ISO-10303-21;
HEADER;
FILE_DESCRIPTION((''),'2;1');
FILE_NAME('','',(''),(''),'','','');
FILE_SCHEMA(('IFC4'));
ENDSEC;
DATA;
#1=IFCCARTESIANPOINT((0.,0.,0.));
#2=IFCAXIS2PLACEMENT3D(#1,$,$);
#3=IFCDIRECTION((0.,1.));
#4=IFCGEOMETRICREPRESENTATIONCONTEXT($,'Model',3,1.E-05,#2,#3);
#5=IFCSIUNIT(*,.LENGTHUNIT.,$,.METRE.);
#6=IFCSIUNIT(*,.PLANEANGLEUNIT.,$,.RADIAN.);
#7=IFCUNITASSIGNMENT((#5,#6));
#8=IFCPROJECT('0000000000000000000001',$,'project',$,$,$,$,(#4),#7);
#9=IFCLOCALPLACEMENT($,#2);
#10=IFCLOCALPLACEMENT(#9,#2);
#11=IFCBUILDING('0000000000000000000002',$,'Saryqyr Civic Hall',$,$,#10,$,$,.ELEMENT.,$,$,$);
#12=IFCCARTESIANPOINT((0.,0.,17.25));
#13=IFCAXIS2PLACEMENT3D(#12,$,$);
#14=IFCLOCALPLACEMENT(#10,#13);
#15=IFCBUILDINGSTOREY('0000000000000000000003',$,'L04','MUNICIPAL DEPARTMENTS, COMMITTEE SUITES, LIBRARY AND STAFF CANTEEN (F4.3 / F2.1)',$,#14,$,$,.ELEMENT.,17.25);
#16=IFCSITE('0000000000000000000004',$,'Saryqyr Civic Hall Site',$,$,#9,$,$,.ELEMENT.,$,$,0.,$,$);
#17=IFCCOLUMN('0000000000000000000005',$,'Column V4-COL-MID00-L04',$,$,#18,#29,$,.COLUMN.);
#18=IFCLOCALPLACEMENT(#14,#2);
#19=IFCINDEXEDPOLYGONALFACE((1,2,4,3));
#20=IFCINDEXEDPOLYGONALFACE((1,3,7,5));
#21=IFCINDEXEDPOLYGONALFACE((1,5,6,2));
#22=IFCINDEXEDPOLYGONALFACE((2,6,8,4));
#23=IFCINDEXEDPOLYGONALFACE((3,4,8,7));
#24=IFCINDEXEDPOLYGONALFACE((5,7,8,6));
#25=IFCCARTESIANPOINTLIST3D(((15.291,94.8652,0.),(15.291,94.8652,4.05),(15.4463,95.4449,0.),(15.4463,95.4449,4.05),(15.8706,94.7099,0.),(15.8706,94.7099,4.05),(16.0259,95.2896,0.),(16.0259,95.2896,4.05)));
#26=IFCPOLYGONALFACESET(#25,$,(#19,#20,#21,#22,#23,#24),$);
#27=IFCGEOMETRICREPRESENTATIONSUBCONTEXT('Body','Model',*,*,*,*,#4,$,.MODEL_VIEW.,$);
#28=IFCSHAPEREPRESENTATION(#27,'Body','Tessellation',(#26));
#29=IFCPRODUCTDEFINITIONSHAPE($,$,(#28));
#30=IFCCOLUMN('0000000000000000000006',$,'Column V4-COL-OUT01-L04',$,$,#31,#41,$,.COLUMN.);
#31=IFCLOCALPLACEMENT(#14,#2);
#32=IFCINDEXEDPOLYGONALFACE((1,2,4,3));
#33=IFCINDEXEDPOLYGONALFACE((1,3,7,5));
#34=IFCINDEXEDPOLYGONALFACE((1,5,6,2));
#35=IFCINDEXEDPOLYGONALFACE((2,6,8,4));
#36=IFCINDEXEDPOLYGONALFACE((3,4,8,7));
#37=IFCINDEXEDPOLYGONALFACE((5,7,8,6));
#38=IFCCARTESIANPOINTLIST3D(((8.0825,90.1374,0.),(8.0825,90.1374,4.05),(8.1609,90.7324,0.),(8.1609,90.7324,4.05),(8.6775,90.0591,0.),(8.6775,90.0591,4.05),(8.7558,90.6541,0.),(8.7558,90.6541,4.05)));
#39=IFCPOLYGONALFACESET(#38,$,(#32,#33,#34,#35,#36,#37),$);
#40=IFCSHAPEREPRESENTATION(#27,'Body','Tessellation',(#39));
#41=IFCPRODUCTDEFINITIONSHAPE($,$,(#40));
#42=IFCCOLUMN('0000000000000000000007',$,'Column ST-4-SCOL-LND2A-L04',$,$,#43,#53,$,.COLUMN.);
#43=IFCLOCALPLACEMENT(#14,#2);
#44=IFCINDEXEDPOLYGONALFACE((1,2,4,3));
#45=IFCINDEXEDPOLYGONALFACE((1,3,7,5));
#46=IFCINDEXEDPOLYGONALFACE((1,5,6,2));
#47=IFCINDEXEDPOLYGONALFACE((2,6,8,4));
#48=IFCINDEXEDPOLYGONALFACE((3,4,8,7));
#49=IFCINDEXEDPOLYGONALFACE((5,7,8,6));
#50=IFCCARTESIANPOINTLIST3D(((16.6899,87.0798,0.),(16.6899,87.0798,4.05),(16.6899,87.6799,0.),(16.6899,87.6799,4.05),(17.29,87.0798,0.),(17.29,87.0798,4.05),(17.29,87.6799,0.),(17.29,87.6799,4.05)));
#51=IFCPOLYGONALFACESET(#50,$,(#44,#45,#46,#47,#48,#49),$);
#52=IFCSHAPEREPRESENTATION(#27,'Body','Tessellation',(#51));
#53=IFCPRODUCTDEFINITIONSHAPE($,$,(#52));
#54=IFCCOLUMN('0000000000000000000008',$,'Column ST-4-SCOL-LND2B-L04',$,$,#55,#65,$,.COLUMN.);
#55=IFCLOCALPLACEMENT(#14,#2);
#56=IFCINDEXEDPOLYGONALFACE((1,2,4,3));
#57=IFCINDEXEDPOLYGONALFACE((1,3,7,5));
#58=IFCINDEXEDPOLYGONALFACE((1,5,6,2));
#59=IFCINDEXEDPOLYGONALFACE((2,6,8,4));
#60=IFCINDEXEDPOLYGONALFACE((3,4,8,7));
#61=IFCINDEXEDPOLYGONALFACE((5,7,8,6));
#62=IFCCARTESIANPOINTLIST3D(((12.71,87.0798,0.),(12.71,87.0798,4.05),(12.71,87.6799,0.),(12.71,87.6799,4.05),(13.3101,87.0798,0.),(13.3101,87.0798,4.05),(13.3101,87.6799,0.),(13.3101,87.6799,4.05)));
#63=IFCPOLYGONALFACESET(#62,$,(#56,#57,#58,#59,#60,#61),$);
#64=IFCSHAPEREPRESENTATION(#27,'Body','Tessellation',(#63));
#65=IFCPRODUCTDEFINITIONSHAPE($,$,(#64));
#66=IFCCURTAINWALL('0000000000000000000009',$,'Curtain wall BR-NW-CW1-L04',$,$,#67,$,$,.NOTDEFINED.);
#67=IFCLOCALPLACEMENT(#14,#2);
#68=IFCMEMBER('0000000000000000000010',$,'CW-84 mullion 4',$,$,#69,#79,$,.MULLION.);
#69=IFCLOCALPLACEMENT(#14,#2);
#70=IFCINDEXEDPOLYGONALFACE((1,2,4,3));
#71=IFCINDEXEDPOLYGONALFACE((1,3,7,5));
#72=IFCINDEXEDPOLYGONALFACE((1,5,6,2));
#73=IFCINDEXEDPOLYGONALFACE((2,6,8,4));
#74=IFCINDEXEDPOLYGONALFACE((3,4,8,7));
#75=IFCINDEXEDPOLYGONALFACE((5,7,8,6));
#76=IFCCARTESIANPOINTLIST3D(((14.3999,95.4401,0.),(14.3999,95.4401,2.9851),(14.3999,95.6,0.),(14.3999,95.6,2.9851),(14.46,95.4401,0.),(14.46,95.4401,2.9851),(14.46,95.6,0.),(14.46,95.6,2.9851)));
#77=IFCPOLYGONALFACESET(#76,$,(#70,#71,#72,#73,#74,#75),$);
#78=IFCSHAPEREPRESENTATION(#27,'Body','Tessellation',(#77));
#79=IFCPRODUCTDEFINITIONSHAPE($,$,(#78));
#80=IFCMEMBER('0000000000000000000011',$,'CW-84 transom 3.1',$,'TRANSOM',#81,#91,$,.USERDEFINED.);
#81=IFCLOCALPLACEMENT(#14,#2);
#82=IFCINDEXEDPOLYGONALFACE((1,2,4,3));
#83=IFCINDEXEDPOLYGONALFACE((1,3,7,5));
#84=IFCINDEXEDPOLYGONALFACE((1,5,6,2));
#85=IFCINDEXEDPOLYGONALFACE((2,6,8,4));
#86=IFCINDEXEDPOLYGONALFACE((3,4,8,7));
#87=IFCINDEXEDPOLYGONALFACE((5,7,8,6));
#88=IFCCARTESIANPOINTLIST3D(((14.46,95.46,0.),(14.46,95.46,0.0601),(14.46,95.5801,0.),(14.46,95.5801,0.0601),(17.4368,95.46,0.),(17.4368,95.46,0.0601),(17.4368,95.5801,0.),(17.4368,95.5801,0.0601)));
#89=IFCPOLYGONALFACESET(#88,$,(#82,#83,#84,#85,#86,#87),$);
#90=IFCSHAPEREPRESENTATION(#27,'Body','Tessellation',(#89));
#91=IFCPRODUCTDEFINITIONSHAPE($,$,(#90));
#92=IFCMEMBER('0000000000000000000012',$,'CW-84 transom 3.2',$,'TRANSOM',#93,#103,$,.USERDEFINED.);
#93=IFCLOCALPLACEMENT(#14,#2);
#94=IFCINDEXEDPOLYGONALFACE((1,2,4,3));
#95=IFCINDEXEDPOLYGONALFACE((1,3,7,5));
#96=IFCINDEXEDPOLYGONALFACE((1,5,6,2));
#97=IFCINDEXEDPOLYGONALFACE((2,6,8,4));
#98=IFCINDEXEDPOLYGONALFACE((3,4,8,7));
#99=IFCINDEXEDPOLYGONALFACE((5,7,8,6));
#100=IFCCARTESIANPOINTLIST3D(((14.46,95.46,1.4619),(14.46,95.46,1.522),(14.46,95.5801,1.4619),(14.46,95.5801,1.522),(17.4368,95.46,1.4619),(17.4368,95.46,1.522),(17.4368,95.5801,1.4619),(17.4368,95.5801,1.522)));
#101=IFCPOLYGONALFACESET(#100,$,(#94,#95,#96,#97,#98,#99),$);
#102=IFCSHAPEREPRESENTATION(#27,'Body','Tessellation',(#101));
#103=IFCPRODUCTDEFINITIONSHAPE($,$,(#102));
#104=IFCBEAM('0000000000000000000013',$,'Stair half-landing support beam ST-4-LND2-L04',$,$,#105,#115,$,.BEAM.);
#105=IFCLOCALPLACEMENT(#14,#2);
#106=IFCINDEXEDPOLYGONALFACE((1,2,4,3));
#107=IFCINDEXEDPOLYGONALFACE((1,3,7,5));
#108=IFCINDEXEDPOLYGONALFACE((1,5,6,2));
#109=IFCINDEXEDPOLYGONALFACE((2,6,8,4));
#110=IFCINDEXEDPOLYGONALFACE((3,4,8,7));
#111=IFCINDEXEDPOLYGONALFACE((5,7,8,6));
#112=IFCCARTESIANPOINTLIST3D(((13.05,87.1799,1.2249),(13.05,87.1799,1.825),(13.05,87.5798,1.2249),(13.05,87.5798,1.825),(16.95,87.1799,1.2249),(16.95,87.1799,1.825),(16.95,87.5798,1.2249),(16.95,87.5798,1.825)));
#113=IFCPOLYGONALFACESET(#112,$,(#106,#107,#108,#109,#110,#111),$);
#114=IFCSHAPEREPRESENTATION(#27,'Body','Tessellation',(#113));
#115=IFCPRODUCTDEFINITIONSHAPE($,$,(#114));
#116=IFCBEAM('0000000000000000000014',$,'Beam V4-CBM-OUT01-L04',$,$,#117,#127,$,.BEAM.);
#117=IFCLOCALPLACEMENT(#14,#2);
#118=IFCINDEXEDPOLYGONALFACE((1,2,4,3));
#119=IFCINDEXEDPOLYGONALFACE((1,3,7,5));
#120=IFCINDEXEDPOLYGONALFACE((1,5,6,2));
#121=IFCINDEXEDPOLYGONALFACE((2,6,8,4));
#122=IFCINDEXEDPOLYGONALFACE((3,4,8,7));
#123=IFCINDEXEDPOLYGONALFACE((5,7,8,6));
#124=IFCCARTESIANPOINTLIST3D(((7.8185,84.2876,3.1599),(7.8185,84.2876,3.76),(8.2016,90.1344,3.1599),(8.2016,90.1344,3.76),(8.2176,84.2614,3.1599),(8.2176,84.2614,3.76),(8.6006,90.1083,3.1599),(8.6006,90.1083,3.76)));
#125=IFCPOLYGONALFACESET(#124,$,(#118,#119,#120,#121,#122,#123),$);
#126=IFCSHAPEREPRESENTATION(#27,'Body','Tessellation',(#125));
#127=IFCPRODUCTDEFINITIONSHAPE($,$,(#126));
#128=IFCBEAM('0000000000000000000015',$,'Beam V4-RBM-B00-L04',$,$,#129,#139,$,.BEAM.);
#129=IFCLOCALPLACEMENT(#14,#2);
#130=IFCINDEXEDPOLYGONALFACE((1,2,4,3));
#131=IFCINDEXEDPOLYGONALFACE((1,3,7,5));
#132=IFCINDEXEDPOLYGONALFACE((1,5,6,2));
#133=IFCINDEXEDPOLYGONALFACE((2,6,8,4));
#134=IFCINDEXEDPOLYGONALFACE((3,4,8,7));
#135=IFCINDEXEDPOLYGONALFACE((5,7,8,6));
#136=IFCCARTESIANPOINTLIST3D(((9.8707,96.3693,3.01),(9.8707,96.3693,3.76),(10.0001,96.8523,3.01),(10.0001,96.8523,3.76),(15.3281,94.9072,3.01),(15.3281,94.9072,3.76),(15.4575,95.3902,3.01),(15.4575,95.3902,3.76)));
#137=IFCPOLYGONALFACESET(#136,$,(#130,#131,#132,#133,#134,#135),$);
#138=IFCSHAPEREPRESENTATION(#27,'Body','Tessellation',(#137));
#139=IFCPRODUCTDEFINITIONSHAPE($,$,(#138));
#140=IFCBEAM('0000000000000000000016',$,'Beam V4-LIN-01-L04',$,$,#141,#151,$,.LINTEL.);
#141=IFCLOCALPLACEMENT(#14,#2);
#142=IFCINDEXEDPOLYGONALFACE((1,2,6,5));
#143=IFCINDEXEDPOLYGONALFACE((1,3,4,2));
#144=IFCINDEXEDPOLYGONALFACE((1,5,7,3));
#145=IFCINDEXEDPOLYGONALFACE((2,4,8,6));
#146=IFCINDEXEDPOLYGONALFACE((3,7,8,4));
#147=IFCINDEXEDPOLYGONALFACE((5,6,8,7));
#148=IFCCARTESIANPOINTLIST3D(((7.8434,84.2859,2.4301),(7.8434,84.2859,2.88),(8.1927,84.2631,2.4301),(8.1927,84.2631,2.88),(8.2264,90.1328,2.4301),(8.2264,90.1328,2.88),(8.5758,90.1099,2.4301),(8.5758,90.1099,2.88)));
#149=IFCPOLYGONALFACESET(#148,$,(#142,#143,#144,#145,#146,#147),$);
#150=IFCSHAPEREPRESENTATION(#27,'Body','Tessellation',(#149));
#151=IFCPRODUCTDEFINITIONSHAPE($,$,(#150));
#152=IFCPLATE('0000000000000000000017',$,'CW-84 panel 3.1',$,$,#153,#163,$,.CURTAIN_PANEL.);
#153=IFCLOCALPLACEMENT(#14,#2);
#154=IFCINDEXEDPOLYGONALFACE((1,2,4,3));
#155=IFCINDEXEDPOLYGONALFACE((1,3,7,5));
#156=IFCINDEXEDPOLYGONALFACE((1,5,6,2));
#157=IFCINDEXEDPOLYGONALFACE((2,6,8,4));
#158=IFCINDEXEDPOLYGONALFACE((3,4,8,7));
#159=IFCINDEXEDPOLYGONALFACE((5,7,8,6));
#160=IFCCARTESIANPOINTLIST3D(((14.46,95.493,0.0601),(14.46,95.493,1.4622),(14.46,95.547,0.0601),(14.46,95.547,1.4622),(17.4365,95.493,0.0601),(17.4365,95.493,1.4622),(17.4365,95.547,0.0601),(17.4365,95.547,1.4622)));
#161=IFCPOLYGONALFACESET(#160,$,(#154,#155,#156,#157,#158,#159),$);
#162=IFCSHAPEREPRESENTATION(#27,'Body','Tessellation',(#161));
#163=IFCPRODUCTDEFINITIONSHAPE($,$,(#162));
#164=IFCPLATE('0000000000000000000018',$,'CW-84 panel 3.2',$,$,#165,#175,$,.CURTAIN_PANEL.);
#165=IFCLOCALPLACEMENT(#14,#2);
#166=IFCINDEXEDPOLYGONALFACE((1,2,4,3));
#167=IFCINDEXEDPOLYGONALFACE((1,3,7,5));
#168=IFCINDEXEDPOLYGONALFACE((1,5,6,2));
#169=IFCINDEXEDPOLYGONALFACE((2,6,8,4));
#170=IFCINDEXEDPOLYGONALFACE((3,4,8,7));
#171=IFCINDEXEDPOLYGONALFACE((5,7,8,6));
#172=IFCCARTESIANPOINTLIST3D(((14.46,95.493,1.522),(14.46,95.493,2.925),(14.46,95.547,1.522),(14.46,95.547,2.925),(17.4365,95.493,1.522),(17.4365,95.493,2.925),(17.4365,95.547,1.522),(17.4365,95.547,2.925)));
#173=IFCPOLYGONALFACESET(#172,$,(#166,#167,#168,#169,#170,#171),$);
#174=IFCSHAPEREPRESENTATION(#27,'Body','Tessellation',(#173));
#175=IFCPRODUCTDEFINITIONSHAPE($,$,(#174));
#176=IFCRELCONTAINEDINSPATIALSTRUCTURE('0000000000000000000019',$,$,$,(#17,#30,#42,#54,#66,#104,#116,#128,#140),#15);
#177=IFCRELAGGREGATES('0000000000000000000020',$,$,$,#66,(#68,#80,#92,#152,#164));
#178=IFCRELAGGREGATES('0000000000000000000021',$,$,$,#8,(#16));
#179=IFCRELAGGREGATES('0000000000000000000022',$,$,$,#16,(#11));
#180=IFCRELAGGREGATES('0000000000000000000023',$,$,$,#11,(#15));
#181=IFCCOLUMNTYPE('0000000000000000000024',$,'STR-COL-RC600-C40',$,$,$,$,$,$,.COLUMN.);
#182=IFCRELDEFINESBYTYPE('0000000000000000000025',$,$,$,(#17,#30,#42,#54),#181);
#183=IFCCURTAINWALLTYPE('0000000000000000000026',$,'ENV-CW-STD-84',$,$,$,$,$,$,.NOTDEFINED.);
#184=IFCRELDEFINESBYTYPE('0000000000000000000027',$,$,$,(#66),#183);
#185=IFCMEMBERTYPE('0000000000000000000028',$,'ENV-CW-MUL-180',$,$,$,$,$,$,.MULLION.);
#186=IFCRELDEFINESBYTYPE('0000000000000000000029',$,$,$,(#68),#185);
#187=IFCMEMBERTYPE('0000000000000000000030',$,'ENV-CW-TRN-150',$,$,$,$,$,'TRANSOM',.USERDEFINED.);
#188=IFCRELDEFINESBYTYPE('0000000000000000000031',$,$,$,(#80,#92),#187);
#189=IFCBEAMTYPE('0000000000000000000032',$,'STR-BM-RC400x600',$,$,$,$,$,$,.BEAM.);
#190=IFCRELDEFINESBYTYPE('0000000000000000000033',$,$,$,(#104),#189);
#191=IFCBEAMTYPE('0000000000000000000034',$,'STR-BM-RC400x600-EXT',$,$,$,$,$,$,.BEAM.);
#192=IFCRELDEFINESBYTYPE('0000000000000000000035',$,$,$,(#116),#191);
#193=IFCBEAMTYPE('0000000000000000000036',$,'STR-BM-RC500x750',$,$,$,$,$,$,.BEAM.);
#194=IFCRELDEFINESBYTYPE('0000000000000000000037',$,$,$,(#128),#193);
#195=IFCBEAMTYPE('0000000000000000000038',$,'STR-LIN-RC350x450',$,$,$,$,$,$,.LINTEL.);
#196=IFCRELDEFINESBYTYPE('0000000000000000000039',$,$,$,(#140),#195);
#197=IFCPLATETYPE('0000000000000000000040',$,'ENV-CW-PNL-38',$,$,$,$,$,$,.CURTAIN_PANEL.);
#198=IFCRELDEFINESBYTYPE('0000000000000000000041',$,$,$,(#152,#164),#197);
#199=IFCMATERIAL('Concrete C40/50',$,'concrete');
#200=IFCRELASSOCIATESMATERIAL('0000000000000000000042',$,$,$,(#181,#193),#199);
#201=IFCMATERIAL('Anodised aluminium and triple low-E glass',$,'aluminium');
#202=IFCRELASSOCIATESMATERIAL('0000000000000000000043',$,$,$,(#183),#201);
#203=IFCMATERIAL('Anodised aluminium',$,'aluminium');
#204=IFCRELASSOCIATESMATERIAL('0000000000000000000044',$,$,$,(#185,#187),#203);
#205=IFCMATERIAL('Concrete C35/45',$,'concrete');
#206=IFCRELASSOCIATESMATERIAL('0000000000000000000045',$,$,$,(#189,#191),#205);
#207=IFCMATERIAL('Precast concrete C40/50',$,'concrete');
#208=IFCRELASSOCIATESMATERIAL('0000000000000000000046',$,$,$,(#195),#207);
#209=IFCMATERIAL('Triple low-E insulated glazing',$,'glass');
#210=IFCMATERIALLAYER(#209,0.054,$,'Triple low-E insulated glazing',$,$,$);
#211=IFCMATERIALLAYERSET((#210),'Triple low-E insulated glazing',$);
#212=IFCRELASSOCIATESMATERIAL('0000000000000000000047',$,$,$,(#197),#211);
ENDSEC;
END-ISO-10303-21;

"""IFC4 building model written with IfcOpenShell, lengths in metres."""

from ifc_helpers import new_model, si_unit, direction, frame, origin, origin_2d, place, context, subcontext, project, spatial, rectangle, extrude, material, layer, layer_set, material_profile, profile_set, type_object, element, aggregate, save


model = new_model("IFC4")

# Units and contexts
model_context = context("Model", 3, precision=1e-05, world=origin(), true_north=direction((0.0, 1.0)))
body_context = subcontext(model_context, "Body", "Model", "MODEL_VIEW")
ifc_project = project(units=[si_unit("LENGTHUNIT", "METRE"), si_unit("PLANEANGLEUNIT", "RADIAN")], contexts=[model_context])

# Site, building, storey
site_placement = place(None, origin())
site = spatial("IfcSite", under=ifc_project, at=site_placement, Name="Saryqyr Civic Hall Site", CompositionType="ELEMENT", RefElevation=0.0)
building_placement = place(site_placement, origin())
building = spatial("IfcBuilding", under=site, at=building_placement, Name="Saryqyr Civic Hall", CompositionType="ELEMENT")
storey_placement = place(building_placement, frame((0.0, 0.0, 17.25)))
storey = spatial("IfcBuildingStorey", under=building, at=storey_placement, Name="L04", Description="MUNICIPAL DEPARTMENTS, COMMITTEE SUITES, LIBRARY AND STAFF CANTEEN (F4.3 / F2.1)", CompositionType="ELEMENT", Elevation=17.25)

# Columns
ifc_material_1 = material(Name="Concrete C40/50", Category="concrete")
ifc_material_profile_1 = material_profile(ifc_material_1, rectangle(XDim=0.6001, YDim=0.6001, at=origin_2d()), Name="RC 600x600")
ifc_profile_set_1 = profile_set([ifc_material_profile_1], Name="Concrete C40/50")
column_type = type_object("IfcColumnType", Name="STR-COL-RC600-C40", PredefinedType="COLUMN", material=ifc_profile_set_1)
for number, where, z_axis, x_axis, name in (
    (1, (15.6584, 95.0774, 0.0), (0.0, 0.0, 1.0), (-0.965926, 0.258819, 0.0), "Column V4-COL-MID00-L04"),
    (2, (8.4192, 90.3958, 0.0), (0.0, 0.0, 1.0), (-0.991445, 0.130526, 0.0), "Column V4-COL-OUT01-L04"),
    (3, (16.99, 87.3799, 0.0), (0.0, 0.0, 1.0), (1.0, 0.0, 0.0), "Column ST-4-SCOL-LND2A-L04"),
    (4, (13.01, 87.3799, 0.0), (0.0, 0.0, 1.0), (1.0, 0.0, 0.0), "Column ST-4-SCOL-LND2B-L04"),
):
    element("IfcColumn", number, at=place(storey_placement, frame(where, z_axis=z_axis, x_axis=x_axis)), inside=storey, type_object=column_type, Name=name, PredefinedType="COLUMN", context=body_context, shape_type="SweptSolid", body=[
        extrude(rectangle(XDim=0.6001, YDim=0.6001, at=origin_2d()), origin(), (0.0, 0.0, 1.0), 4.05),
    ])

# Curtain wall, members
ifc_material_2 = material(Name="Anodised aluminium and triple low-E glass", Category="aluminium")
curtain_wall_type = type_object("IfcCurtainWallType", Name="ENV-CW-STD-84", PredefinedType="NOTDEFINED", material=ifc_material_2)
curtain_wall_placement = place(storey_placement, origin())
curtain_wall = element("IfcCurtainWall", 5, at=curtain_wall_placement, inside=storey, type_object=curtain_wall_type, Name="Curtain wall BR-NW-CW1-L04", PredefinedType="NOTDEFINED")
ifc_material_3 = material(Name="Anodised aluminium", Category="aluminium")
ifc_material_profile_2 = material_profile(ifc_material_3, rectangle(XDim=0.0601, YDim=0.1599, at=origin_2d()), Name="ALU MULLION 60x160")
ifc_profile_set_2 = profile_set([ifc_material_profile_2], Name="Anodised aluminium")
member_type_1 = type_object("IfcMemberType", Name="ENV-CW-MUL-180", PredefinedType="MULLION", material=ifc_profile_set_2)
member_1_placement = place(storey_placement, frame((14.4299, 95.52, 0.0), z_axis=(0.0, 0.0, 1.0), x_axis=(-1.0, 0.0, 0.0)))
member_1 = element("IfcMember", 6, at=member_1_placement, type_object=member_type_1, Name="CW-84 mullion 4", PredefinedType="MULLION", context=body_context, shape_type="SweptSolid", body=[
    extrude(rectangle(XDim=0.0601, YDim=0.1599, at=origin_2d()), origin(), (0.0, 0.0, 1.0), 2.9851),
])
ifc_material_profile_3 = material_profile(ifc_material_3, rectangle(XDim=0.1201, YDim=0.0601, at=origin_2d()), Name="ALU TRANSOM 120x60")
ifc_profile_set_3 = profile_set([ifc_material_profile_3], Name="Anodised aluminium")
member_type_2 = type_object("IfcMemberType", Name="ENV-CW-TRN-150", ElementType="TRANSOM", PredefinedType="USERDEFINED", material=ifc_profile_set_3)
member_2_placement = place(storey_placement, frame((17.4368, 95.52, 0.03), z_axis=(-1.0, 0.0, 0.0), x_axis=(0.0, -1.0, 0.0)))
member_2 = element("IfcMember", 7, at=member_2_placement, type_object=member_type_2, Name="CW-84 transom 3.1", ObjectType="TRANSOM", PredefinedType="USERDEFINED", context=body_context, shape_type="SweptSolid", body=[
    extrude(rectangle(XDim=0.1201, YDim=0.0601, at=origin_2d()), origin(), (0.0, 0.0, 1.0), 2.9768),
])
member_3_placement = place(storey_placement, frame((17.4368, 95.52, 1.4919), z_axis=(-1.0, 0.0, 0.0), x_axis=(0.0, -1.0, 0.0)))
member_3 = element("IfcMember", 8, at=member_3_placement, type_object=member_type_2, Name="CW-84 transom 3.2", ObjectType="TRANSOM", PredefinedType="USERDEFINED", context=body_context, shape_type="SweptSolid", body=[
    extrude(rectangle(XDim=0.1201, YDim=0.0601, at=origin_2d()), origin(), (0.0, 0.0, 1.0), 2.9768),
])

# Beams
ifc_material_4 = material(Name="Concrete C35/45", Category="concrete")
ifc_material_profile_4 = material_profile(ifc_material_4, rectangle(XDim=0.3999, YDim=0.6001, at=origin_2d()), Name="RC 400x600")
ifc_profile_set_4 = profile_set([ifc_material_profile_4], Name="Concrete C35/45")
beam_type_1 = type_object("IfcBeamType", Name="STR-BM-RC400x600", PredefinedType="BEAM", material=ifc_profile_set_4)
beam_1_placement = place(storey_placement, frame((16.95, 87.3799, 1.5249), z_axis=(-1.0, 0.0, 0.0), x_axis=(0.0, -1.0, 0.0)))
element("IfcBeam", 9, at=beam_1_placement, inside=storey, type_object=beam_type_1, Name="Stair half-landing support beam ST-4-LND2-L04", PredefinedType="BEAM", context=body_context, shape_type="SweptSolid", body=[
    extrude(rectangle(XDim=0.3999, YDim=0.6001, at=origin_2d()), origin(), (0.0, 0.0, 1.0), 3.8999),
])
ifc_material_profile_5 = material_profile(ifc_material_4, rectangle(XDim=0.3999, YDim=0.6001, at=origin_2d()), Name="RC 400x600")
ifc_profile_set_5 = profile_set([ifc_material_profile_5], Name="Concrete C35/45")
beam_type_2 = type_object("IfcBeamType", Name="STR-BM-RC400x600-EXT", PredefinedType="BEAM", material=ifc_profile_set_5)
beam_2_placement = place(storey_placement, frame((8.4011, 90.1213, 3.46), z_axis=(-0.065374, -0.997861, 0.0), x_axis=(0.997861, -0.065374, 0.0)))
element("IfcBeam", 10, at=beam_2_placement, inside=storey, type_object=beam_type_2, Name="Beam V4-CBM-OUT01-L04", PredefinedType="BEAM", context=body_context, shape_type="SweptSolid", body=[
    extrude(rectangle(XDim=0.3999, YDim=0.6001, at=origin_2d()), origin(), (0.0, 0.0, 1.0), 5.8594),
])
ifc_material_profile_6 = material_profile(ifc_material_1, rectangle(XDim=0.5, YDim=0.75, at=origin_2d()), Name="RC 500x750")
ifc_profile_set_6 = profile_set([ifc_material_profile_6], Name="Concrete C40/50")
beam_type_3 = type_object("IfcBeamType", Name="STR-BM-RC500x750", PredefinedType="BEAM", material=ifc_profile_set_6)
beam_3_placement = place(storey_placement, frame((15.3928, 95.1487, 3.385), z_axis=(-0.965934, 0.258789, 0.0), x_axis=(-0.258789, -0.965934, 0.0)))
element("IfcBeam", 11, at=beam_3_placement, inside=storey, type_object=beam_type_3, Name="Beam V4-RBM-B00-L04", PredefinedType="BEAM", context=body_context, shape_type="SweptSolid", body=[
    extrude(rectangle(XDim=0.5, YDim=0.75, at=origin_2d()), origin(), (0.0, 0.0, 1.0), 5.6499),
])
ifc_material_5 = material(Name="Precast concrete C40/50", Category="concrete")
ifc_material_profile_7 = material_profile(ifc_material_5, rectangle(XDim=0.3501, YDim=0.45, at=origin_2d()), Name="RC 350x450")
ifc_profile_set_7 = profile_set([ifc_material_profile_7], Name="Precast concrete C40/50")
beam_type_4 = type_object("IfcBeamType", Name="STR-LIN-RC350x450", PredefinedType="LINTEL", material=ifc_profile_set_7)
beam_4_placement = place(storey_placement, frame((8.4011, 90.1213, 2.655), z_axis=(-0.065374, -0.997861, 0.0), x_axis=(0.997861, -0.065374, 0.0)))
element("IfcBeam", 12, at=beam_4_placement, inside=storey, type_object=beam_type_4, Name="Beam V4-LIN-01-L04", PredefinedType="LINTEL", context=body_context, shape_type="SweptSolid", body=[
    extrude(rectangle(XDim=0.3501, YDim=0.45, at=origin_2d()), origin(), (0.0, 0.0, 1.0), 5.8594),
])

# Plates
ifc_material_6 = material(Name="Triple low-E insulated glazing", Category="glass")
ifc_layer_1 = layer(ifc_material_6, 0.054, Name="Triple low-E insulated glazing")
ifc_layer_set_1 = layer_set([ifc_layer_1], Name="Triple low-E insulated glazing")
plate_type = type_object("IfcPlateType", Name="ENV-CW-PNL-38", PredefinedType="CURTAIN_PANEL", material=ifc_layer_set_1)
plate_1_placement = place(storey_placement, frame((15.9482, 95.52, 0.0601), z_axis=(0.0, 0.0, 1.0), x_axis=(-1.0, 0.0, 0.0)))
plate_1 = element("IfcPlate", 13, at=plate_1_placement, type_object=plate_type, Name="CW-84 panel 3.1", PredefinedType="CURTAIN_PANEL", context=body_context, shape_type="SweptSolid", body=[
    extrude(rectangle(XDim=2.9766, YDim=0.054, at=origin_2d()), origin(), (0.0, 0.0, 1.0), 1.4021),
])
plate_2_placement = place(storey_placement, frame((15.9482, 95.52, 1.522), z_axis=(0.0, 0.0, 1.0), x_axis=(-1.0, 0.0, 0.0)))
plate_2 = element("IfcPlate", 14, at=plate_2_placement, type_object=plate_type, Name="CW-84 panel 3.2", PredefinedType="CURTAIN_PANEL", context=body_context, shape_type="SweptSolid", body=[
    extrude(rectangle(XDim=2.9766, YDim=0.054, at=origin_2d()), origin(), (0.0, 0.0, 1.0), 1.4031),
])
aggregate(curtain_wall, [member_1, member_2, member_3, plate_1, plate_2])

save(model, "model.ifc")
